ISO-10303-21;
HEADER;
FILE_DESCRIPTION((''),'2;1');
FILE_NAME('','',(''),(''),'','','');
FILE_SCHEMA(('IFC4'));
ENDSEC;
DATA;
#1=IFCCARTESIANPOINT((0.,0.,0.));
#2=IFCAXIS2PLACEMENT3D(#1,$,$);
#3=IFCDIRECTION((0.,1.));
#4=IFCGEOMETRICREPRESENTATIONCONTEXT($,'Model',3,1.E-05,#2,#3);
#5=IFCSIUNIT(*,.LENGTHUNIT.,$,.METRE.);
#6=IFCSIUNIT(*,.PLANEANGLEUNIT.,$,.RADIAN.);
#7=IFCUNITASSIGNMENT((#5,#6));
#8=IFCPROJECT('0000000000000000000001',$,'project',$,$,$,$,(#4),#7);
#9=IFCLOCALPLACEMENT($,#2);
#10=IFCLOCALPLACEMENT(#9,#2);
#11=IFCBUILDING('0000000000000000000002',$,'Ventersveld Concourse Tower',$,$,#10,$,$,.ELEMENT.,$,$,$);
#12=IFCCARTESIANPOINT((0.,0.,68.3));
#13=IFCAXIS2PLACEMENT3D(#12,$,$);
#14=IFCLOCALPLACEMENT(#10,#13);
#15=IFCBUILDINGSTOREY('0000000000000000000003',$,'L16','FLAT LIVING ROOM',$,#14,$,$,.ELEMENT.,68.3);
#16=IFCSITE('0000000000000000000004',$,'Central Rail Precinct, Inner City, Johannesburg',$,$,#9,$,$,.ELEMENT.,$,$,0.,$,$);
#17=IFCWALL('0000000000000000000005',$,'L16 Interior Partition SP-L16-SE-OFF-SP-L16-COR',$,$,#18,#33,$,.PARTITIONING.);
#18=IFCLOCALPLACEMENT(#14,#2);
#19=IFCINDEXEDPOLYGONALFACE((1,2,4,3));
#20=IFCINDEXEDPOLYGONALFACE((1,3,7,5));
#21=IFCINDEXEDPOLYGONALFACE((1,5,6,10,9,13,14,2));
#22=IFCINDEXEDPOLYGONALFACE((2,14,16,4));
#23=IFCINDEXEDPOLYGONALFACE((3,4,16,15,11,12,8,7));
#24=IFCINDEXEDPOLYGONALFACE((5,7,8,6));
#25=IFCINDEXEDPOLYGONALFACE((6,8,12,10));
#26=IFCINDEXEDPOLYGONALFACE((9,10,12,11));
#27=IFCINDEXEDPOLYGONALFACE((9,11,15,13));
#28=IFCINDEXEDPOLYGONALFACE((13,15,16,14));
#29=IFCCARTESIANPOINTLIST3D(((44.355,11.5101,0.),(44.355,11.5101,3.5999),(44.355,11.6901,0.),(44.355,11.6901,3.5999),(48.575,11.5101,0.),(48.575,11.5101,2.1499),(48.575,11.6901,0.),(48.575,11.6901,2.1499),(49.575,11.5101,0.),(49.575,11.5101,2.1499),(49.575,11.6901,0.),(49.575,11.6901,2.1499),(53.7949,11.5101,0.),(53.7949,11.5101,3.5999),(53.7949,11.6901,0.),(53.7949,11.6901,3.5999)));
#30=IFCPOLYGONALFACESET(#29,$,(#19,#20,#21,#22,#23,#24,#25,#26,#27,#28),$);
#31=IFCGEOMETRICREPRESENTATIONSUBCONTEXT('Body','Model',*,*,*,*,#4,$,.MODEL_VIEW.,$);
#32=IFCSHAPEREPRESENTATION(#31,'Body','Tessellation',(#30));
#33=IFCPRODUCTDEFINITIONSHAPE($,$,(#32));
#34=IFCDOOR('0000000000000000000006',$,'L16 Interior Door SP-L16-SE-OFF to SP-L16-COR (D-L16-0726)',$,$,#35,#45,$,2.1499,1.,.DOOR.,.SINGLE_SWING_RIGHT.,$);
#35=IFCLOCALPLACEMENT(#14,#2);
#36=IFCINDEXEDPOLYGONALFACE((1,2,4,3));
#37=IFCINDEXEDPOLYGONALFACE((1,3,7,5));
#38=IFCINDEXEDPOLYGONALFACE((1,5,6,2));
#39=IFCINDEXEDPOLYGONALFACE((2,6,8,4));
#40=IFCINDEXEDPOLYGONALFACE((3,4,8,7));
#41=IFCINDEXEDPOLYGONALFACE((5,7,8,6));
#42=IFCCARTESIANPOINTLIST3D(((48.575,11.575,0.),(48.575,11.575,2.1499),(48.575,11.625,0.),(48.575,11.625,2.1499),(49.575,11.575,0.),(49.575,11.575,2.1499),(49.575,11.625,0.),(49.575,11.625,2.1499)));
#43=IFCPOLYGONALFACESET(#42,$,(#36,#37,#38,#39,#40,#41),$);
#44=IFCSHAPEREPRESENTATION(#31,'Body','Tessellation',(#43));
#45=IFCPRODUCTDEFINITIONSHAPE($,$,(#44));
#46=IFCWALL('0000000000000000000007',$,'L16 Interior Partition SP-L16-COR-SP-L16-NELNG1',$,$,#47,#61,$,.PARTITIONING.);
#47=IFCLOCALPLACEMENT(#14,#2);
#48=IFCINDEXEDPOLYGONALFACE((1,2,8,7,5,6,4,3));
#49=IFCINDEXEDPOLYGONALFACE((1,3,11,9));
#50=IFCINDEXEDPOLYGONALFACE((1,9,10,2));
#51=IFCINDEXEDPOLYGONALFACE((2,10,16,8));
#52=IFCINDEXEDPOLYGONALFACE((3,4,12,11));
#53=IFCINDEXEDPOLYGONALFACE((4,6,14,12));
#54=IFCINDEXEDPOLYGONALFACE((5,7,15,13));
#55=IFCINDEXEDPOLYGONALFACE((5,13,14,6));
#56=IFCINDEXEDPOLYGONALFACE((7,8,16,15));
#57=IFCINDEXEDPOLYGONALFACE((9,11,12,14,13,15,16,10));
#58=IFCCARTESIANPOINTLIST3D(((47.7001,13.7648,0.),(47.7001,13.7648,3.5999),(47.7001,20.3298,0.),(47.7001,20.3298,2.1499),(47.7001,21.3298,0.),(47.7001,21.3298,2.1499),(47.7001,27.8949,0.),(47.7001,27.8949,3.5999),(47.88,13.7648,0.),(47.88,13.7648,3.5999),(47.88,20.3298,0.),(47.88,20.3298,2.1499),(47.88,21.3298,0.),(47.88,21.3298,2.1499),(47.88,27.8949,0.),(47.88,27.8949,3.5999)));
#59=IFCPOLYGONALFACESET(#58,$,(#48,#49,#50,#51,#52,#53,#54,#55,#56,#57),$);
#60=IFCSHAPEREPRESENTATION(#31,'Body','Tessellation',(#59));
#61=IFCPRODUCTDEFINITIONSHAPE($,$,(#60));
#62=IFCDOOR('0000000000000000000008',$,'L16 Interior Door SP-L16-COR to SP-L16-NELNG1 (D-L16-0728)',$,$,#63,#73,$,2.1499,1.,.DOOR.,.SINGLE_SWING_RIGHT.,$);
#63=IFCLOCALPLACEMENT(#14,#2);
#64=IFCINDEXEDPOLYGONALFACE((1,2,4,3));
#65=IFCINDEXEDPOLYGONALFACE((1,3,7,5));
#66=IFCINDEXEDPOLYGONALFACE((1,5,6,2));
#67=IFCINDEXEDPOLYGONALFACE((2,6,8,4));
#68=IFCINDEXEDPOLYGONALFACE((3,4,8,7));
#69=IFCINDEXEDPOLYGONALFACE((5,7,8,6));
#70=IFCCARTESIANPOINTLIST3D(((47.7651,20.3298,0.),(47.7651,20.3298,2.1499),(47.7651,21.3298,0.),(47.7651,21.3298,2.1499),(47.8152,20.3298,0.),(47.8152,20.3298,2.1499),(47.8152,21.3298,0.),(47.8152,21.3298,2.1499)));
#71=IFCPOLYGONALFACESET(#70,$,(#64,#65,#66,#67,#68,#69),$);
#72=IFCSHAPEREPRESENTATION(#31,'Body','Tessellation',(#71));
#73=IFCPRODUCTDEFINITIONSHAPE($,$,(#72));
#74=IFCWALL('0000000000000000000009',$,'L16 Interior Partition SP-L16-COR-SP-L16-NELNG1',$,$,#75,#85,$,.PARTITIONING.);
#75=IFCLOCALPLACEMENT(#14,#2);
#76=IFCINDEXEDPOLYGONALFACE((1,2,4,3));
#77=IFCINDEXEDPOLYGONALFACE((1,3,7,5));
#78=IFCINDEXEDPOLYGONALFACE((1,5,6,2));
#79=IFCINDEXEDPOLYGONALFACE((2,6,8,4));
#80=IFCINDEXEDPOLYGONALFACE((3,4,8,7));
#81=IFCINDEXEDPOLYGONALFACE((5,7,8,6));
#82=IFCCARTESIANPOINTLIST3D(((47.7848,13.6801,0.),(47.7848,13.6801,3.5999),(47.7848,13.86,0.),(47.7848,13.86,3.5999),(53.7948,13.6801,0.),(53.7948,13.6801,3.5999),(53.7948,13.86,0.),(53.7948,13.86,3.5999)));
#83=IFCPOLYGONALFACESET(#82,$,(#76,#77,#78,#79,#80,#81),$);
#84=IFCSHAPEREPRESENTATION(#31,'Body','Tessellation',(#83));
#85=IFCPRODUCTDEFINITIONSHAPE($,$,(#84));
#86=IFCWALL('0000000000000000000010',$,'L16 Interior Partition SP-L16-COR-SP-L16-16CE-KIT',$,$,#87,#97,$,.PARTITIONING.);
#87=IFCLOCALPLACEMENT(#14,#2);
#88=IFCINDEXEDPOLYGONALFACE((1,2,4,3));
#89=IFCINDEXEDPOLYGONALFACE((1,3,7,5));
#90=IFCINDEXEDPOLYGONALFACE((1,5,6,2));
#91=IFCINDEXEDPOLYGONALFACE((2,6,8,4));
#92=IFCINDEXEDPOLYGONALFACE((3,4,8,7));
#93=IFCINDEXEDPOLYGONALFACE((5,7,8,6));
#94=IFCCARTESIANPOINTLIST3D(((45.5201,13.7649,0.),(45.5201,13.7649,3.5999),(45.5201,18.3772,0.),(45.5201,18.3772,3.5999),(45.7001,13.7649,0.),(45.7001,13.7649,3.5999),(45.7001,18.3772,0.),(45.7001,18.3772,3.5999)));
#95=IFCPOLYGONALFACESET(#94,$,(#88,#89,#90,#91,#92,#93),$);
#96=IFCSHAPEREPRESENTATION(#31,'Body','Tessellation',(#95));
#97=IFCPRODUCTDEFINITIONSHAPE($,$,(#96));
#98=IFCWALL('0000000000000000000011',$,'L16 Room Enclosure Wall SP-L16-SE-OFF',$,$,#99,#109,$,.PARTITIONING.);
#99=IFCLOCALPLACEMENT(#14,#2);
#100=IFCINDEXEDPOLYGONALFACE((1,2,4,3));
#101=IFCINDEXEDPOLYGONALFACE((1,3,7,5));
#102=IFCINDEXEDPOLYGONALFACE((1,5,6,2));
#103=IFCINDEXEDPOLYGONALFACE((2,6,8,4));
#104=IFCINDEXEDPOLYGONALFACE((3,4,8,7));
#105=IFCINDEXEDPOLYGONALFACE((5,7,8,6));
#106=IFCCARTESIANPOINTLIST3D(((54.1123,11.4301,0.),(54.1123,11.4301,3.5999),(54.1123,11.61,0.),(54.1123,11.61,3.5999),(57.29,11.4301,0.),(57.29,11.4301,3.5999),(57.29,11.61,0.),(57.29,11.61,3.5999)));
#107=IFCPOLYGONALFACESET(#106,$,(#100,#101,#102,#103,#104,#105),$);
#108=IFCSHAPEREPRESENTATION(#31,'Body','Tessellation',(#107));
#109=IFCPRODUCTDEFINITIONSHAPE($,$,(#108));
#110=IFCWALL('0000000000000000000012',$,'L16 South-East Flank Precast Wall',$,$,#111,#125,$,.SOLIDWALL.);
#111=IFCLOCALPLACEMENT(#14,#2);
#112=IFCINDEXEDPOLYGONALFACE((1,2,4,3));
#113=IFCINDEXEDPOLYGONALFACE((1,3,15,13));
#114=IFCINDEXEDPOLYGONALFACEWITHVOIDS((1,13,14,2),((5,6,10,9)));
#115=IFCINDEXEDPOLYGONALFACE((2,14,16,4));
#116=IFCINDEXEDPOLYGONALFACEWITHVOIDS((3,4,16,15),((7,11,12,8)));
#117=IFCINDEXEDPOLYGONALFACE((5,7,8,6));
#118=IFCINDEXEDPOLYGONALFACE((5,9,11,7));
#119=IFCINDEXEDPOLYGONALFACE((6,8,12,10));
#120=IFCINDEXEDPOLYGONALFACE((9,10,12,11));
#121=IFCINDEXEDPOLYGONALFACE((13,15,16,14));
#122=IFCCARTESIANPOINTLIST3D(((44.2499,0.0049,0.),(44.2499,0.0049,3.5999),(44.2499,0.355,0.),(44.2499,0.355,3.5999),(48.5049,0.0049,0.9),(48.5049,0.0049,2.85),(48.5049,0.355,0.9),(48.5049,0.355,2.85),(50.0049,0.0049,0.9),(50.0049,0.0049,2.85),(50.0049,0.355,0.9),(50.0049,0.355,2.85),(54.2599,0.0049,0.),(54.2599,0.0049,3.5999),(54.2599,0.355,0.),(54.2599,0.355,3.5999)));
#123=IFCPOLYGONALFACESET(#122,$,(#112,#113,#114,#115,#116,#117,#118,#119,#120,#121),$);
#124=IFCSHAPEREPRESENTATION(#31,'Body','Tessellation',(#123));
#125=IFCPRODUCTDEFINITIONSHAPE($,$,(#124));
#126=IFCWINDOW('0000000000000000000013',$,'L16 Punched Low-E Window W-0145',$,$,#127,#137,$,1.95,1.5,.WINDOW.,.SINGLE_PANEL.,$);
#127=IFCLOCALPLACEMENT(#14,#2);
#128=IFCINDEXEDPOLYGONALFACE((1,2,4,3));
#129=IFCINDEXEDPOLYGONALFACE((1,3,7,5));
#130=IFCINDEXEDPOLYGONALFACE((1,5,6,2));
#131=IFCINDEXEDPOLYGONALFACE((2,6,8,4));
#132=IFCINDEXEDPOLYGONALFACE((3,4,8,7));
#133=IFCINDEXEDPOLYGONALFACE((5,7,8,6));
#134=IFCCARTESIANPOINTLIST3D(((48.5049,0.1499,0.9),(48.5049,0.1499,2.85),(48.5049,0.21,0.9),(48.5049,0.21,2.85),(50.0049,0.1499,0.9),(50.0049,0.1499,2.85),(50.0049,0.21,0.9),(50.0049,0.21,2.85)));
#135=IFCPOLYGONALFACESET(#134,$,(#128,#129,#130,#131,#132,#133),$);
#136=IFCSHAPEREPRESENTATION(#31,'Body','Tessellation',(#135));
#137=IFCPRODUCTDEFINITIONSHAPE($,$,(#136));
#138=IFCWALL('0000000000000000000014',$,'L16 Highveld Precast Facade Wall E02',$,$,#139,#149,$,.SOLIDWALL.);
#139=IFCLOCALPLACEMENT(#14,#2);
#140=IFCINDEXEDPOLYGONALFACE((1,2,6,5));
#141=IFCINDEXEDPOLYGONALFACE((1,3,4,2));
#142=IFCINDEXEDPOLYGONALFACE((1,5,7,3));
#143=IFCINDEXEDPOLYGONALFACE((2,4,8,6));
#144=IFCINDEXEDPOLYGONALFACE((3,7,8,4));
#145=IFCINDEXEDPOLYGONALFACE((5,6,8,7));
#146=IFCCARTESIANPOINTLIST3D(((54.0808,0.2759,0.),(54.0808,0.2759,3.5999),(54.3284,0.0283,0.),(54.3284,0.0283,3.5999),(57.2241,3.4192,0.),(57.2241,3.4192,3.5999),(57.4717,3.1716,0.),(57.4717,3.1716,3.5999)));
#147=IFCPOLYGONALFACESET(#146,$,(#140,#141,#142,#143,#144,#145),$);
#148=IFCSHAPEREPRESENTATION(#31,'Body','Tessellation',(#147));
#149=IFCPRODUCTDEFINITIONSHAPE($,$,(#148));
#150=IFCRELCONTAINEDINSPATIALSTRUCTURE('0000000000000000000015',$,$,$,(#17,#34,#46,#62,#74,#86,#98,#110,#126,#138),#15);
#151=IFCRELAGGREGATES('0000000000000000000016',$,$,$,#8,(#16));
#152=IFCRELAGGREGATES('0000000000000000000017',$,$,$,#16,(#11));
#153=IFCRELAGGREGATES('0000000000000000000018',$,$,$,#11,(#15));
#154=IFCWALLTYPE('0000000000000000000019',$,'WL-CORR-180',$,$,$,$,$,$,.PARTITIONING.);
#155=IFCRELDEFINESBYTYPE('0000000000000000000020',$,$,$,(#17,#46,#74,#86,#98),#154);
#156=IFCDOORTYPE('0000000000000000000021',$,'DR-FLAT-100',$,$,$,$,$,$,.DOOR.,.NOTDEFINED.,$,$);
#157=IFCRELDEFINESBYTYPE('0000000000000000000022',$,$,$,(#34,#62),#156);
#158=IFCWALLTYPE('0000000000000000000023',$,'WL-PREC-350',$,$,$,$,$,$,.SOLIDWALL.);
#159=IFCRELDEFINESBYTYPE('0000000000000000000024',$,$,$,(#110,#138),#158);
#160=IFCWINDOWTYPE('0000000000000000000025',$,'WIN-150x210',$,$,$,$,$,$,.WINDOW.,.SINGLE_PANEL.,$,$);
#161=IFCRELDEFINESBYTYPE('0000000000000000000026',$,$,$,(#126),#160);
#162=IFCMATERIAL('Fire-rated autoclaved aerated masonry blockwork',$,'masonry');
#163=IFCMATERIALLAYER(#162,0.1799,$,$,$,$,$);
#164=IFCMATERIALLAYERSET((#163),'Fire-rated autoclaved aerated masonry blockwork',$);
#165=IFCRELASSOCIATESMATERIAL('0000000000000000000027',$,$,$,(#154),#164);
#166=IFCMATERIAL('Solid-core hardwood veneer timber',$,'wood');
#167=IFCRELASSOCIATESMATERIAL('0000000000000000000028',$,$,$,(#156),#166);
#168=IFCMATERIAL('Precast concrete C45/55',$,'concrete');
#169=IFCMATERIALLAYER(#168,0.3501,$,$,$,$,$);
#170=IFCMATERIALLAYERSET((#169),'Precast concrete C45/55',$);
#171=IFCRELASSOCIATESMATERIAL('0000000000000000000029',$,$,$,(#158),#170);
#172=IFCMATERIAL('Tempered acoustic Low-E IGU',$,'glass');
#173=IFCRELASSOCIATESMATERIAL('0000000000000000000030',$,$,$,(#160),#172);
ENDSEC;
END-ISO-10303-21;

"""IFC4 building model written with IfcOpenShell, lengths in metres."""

from ifc_helpers import new_model, si_unit, direction, frame, frame_2d, origin, place, context, subcontext, project, spatial, rectangle, extrude, material, layer, layer_set, type_object, element, fill, save


model = new_model("IFC4")

# Units and contexts
model_context = context("Model", 3, precision=1e-05, world=origin(), true_north=direction((0.0, 1.0)))
body_context = subcontext(model_context, "Body", "Model", "MODEL_VIEW")
ifc_project = project(units=[si_unit("LENGTHUNIT", "METRE"), si_unit("PLANEANGLEUNIT", "RADIAN")], contexts=[model_context])

# Site, building, storey
site_placement = place(None, origin())
site = spatial("IfcSite", under=ifc_project, at=site_placement, Name="Central Rail Precinct, Inner City, Johannesburg", CompositionType="ELEMENT", RefElevation=0.0)
building_placement = place(site_placement, origin())
building = spatial("IfcBuilding", under=site, at=building_placement, Name="Ventersveld Concourse Tower", CompositionType="ELEMENT")
storey_placement = place(building_placement, frame((0.0, 0.0, 68.3)))
storey = spatial("IfcBuildingStorey", under=building, at=storey_placement, Name="L16", Description="FLAT LIVING ROOM", CompositionType="ELEMENT", Elevation=68.3)

# Walls, openings, doors
ifc_material_1 = material(Name="Fire-rated autoclaved aerated masonry blockwork", Category="masonry")
ifc_layer_1 = layer(ifc_material_1, 0.1799)
ifc_layer_set_1 = layer_set([ifc_layer_1], Name="Fire-rated autoclaved aerated masonry blockwork")
wall_type_1 = type_object("IfcWallType", Name="WL-CORR-180", PredefinedType="PARTITIONING", material=ifc_layer_set_1)
wall_1_placement = place(storey_placement, frame((44.355, 11.6001, 0.0), z_axis=(0.0, 0.0, 1.0), x_axis=(1.0, 0.0, 0.0)))
wall_1 = element("IfcWall", 1, at=wall_1_placement, inside=storey, type_object=wall_type_1, Name="L16 Interior Partition SP-L16-SE-OFF-SP-L16-COR", PredefinedType="PARTITIONING", context=body_context, shape_type="SweptSolid", body=[
    extrude(rectangle(XDim=9.4399, YDim=0.1799, at=frame_2d((4.72, 0.0))), origin(), (0.0, 0.0, 1.0), 3.5999),
])
opening_1_placement = place(wall_1_placement, frame((4.22, 0.0, 0.0)))
opening_1 = element("IfcOpeningElement", 2, at=opening_1_placement, cuts=wall_1, PredefinedType="OPENING", context=body_context, shape_type="SweptSolid", body=[
    extrude(rectangle(XDim=1.0, YDim=2.1499, at=frame_2d((0.5, 1.075))), frame((0.0, 0.1001, 0.0), z_axis=(0.0, -1.0, 0.0), x_axis=(1.0, 0.0, 0.0)), (0.0, 0.0, 1.0), 0.2),
])
ifc_material_2 = material(Name="Solid-core hardwood veneer timber", Category="wood")
door_type = type_object("IfcDoorType", Name="DR-FLAT-100", OperationType="NOTDEFINED", PredefinedType="DOOR", material=ifc_material_2)
door_1_placement = place(opening_1_placement, origin())
door_1 = element("IfcDoor", 3, at=door_1_placement, inside=storey, type_object=door_type, Name="L16 Interior Door SP-L16-SE-OFF to SP-L16-COR (D-L16-0726)", OperationType="SINGLE_SWING_RIGHT", OverallHeight=2.1499, OverallWidth=1.0, PredefinedType="DOOR", context=body_context, shape_type="SweptSolid", body=[
    extrude(rectangle(XDim=1.0, YDim=2.1499, at=frame_2d((0.5, 1.075))), frame((0.0, 0.0249, 0.0), z_axis=(0.0, -1.0, 0.0), x_axis=(1.0, 0.0, 0.0)), (0.0, 0.0, 1.0), 0.05),
])
fill(opening_1, door_1)
wall_2_placement = place(storey_placement, frame((47.79, 13.7649, 0.0), z_axis=(0.0, 0.0, 1.0), x_axis=(0.0, 1.0, 0.0)))
wall_2 = element("IfcWall", 4, at=wall_2_placement, inside=storey, type_object=wall_type_1, Name="L16 Interior Partition SP-L16-COR-SP-L16-NELNG1", PredefinedType="PARTITIONING", context=body_context, shape_type="SweptSolid", body=[
    extrude(rectangle(XDim=14.1301, YDim=0.1799, at=frame_2d((7.0649, 0.0))), origin(), (0.0, 0.0, 1.0), 3.5999),
])
opening_2_placement = place(wall_2_placement, frame((6.5649, 0.0, 0.0)))
opening_2 = element("IfcOpeningElement", 5, at=opening_2_placement, cuts=wall_2, PredefinedType="OPENING", context=body_context, shape_type="SweptSolid", body=[
    extrude(rectangle(XDim=1.0, YDim=2.1499, at=frame_2d((0.5, 1.075))), frame((0.0, 0.1001, 0.0), z_axis=(0.0, -1.0, 0.0), x_axis=(1.0, 0.0, 0.0)), (0.0, 0.0, 1.0), 0.2),
])
door_2_placement = place(opening_2_placement, origin())
door_2 = element("IfcDoor", 6, at=door_2_placement, inside=storey, type_object=door_type, Name="L16 Interior Door SP-L16-COR to SP-L16-NELNG1 (D-L16-0728)", OperationType="SINGLE_SWING_RIGHT", OverallHeight=2.1499, OverallWidth=1.0, PredefinedType="DOOR", context=body_context, shape_type="SweptSolid", body=[
    extrude(rectangle(XDim=1.0, YDim=2.1499, at=frame_2d((0.5, 1.075))), frame((0.0, 0.0249, 0.0), z_axis=(0.0, -1.0, 0.0), x_axis=(1.0, 0.0, 0.0)), (0.0, 0.0, 1.0), 0.05),
])
fill(opening_2, door_2)

# Walls
wall_3_placement = place(storey_placement, frame((47.7849, 13.77, 0.0), z_axis=(0.0, 0.0, 1.0), x_axis=(1.0, 0.0, 0.0)))
element("IfcWall", 7, at=wall_3_placement, inside=storey, type_object=wall_type_1, Name="L16 Interior Partition SP-L16-COR-SP-L16-NELNG1", PredefinedType="PARTITIONING", context=body_context, shape_type="SweptSolid", body=[
    extrude(rectangle(XDim=6.01, YDim=0.1799, at=frame_2d((3.0049, 0.0))), origin(), (0.0, 0.0, 1.0), 3.5999),
])
wall_4_placement = place(storey_placement, frame((45.6101, 13.7649, 0.0), z_axis=(0.0, 0.0, 1.0), x_axis=(0.0, 1.0, 0.0)))
element("IfcWall", 8, at=wall_4_placement, inside=storey, type_object=wall_type_1, Name="L16 Interior Partition SP-L16-COR-SP-L16-16CE-KIT", PredefinedType="PARTITIONING", context=body_context, shape_type="SweptSolid", body=[
    extrude(rectangle(XDim=4.6123, YDim=0.1799, at=frame_2d((2.3062, 0.0))), origin(), (0.0, 0.0, 1.0), 3.5999),
])
wall_5_placement = place(storey_placement, frame((54.1123, 11.52, 0.0), z_axis=(0.0, 0.0, 1.0), x_axis=(1.0, 0.0, 0.0)))
element("IfcWall", 9, at=wall_5_placement, inside=storey, type_object=wall_type_1, Name="L16 Room Enclosure Wall SP-L16-SE-OFF", PredefinedType="PARTITIONING", context=body_context, shape_type="SweptSolid", body=[
    extrude(rectangle(XDim=3.1777, YDim=0.1799, at=frame_2d((1.5889, 0.0))), origin(), (0.0, 0.0, 1.0), 3.5999),
])

# Wall, opening, window
ifc_material_3 = material(Name="Precast concrete C45/55", Category="concrete")
ifc_layer_2 = layer(ifc_material_3, 0.3501)
ifc_layer_set_2 = layer_set([ifc_layer_2], Name="Precast concrete C45/55")
wall_type_2 = type_object("IfcWallType", Name="WL-PREC-350", PredefinedType="SOLIDWALL", material=ifc_layer_set_2)
wall_6_placement = place(storey_placement, frame((44.25, 0.1799, 0.0), z_axis=(0.0, 0.0, 1.0), x_axis=(1.0, 0.0, 0.0)))
wall_6 = element("IfcWall", 10, at=wall_6_placement, inside=storey, type_object=wall_type_2, Name="L16 South-East Flank Precast Wall", PredefinedType="SOLIDWALL", context=body_context, shape_type="SweptSolid", body=[
    extrude(rectangle(XDim=10.01, YDim=0.3501, at=frame_2d((5.0049, 0.0))), origin(), (0.0, 0.0, 1.0), 3.5999),
])
opening_3_placement = place(wall_6_placement, frame((4.2549, 0.0, 0.8999)))
opening_3 = element("IfcOpeningElement", 11, at=opening_3_placement, cuts=wall_6, PredefinedType="OPENING", context=body_context, shape_type="SweptSolid", body=[
    extrude(rectangle(XDim=1.5, YDim=1.95, at=frame_2d((0.75, 0.9751))), frame((0.0, 0.1851, 0.0), z_axis=(0.0, -1.0, 0.0), x_axis=(1.0, 0.0, 0.0)), (0.0, 0.0, 1.0), 0.3701),
])
ifc_material_4 = material(Name="Tempered acoustic Low-E IGU", Category="glass")
window_type_1 = type_object("IfcWindowType", Name="WIN-150x210", PartitioningType="SINGLE_PANEL", PredefinedType="WINDOW", material=ifc_material_4)
window_1_placement = place(opening_3_placement, origin())
window_1 = element("IfcWindow", 12, at=window_1_placement, inside=storey, type_object=window_type_1, Name="L16 Punched Low-E Window W-0145", OverallHeight=1.95, OverallWidth=1.5, PartitioningType="SINGLE_PANEL", PredefinedType="WINDOW", context=body_context, shape_type="SweptSolid", body=[
    extrude(rectangle(XDim=1.5, YDim=1.95, at=frame_2d((0.75, 0.9751))), frame((0.0, 0.03, 0.0), z_axis=(0.0, -1.0, 0.0), x_axis=(1.0, 0.0, 0.0)), (0.0, 0.0, 1.0), 0.0601),
])
fill(opening_3, window_1)

# Wall
wall_7_placement = place(storey_placement, frame((54.2046, 0.1521, 0.0), z_axis=(0.0, 0.0, 1.0), x_axis=(0.707107, 0.707107, 0.0)))
element("IfcWall", 13, at=wall_7_placement, inside=storey, type_object=wall_type_2, Name="L16 Highveld Precast Facade Wall E02", PredefinedType="SOLIDWALL", context=body_context, shape_type="SweptSolid", body=[
    extrude(rectangle(XDim=4.4453, YDim=0.3501, at=frame_2d((2.2227, 0.0))), origin(), (0.0, 0.0, 1.0), 3.5999),
])

save(model, "model.ifc")
